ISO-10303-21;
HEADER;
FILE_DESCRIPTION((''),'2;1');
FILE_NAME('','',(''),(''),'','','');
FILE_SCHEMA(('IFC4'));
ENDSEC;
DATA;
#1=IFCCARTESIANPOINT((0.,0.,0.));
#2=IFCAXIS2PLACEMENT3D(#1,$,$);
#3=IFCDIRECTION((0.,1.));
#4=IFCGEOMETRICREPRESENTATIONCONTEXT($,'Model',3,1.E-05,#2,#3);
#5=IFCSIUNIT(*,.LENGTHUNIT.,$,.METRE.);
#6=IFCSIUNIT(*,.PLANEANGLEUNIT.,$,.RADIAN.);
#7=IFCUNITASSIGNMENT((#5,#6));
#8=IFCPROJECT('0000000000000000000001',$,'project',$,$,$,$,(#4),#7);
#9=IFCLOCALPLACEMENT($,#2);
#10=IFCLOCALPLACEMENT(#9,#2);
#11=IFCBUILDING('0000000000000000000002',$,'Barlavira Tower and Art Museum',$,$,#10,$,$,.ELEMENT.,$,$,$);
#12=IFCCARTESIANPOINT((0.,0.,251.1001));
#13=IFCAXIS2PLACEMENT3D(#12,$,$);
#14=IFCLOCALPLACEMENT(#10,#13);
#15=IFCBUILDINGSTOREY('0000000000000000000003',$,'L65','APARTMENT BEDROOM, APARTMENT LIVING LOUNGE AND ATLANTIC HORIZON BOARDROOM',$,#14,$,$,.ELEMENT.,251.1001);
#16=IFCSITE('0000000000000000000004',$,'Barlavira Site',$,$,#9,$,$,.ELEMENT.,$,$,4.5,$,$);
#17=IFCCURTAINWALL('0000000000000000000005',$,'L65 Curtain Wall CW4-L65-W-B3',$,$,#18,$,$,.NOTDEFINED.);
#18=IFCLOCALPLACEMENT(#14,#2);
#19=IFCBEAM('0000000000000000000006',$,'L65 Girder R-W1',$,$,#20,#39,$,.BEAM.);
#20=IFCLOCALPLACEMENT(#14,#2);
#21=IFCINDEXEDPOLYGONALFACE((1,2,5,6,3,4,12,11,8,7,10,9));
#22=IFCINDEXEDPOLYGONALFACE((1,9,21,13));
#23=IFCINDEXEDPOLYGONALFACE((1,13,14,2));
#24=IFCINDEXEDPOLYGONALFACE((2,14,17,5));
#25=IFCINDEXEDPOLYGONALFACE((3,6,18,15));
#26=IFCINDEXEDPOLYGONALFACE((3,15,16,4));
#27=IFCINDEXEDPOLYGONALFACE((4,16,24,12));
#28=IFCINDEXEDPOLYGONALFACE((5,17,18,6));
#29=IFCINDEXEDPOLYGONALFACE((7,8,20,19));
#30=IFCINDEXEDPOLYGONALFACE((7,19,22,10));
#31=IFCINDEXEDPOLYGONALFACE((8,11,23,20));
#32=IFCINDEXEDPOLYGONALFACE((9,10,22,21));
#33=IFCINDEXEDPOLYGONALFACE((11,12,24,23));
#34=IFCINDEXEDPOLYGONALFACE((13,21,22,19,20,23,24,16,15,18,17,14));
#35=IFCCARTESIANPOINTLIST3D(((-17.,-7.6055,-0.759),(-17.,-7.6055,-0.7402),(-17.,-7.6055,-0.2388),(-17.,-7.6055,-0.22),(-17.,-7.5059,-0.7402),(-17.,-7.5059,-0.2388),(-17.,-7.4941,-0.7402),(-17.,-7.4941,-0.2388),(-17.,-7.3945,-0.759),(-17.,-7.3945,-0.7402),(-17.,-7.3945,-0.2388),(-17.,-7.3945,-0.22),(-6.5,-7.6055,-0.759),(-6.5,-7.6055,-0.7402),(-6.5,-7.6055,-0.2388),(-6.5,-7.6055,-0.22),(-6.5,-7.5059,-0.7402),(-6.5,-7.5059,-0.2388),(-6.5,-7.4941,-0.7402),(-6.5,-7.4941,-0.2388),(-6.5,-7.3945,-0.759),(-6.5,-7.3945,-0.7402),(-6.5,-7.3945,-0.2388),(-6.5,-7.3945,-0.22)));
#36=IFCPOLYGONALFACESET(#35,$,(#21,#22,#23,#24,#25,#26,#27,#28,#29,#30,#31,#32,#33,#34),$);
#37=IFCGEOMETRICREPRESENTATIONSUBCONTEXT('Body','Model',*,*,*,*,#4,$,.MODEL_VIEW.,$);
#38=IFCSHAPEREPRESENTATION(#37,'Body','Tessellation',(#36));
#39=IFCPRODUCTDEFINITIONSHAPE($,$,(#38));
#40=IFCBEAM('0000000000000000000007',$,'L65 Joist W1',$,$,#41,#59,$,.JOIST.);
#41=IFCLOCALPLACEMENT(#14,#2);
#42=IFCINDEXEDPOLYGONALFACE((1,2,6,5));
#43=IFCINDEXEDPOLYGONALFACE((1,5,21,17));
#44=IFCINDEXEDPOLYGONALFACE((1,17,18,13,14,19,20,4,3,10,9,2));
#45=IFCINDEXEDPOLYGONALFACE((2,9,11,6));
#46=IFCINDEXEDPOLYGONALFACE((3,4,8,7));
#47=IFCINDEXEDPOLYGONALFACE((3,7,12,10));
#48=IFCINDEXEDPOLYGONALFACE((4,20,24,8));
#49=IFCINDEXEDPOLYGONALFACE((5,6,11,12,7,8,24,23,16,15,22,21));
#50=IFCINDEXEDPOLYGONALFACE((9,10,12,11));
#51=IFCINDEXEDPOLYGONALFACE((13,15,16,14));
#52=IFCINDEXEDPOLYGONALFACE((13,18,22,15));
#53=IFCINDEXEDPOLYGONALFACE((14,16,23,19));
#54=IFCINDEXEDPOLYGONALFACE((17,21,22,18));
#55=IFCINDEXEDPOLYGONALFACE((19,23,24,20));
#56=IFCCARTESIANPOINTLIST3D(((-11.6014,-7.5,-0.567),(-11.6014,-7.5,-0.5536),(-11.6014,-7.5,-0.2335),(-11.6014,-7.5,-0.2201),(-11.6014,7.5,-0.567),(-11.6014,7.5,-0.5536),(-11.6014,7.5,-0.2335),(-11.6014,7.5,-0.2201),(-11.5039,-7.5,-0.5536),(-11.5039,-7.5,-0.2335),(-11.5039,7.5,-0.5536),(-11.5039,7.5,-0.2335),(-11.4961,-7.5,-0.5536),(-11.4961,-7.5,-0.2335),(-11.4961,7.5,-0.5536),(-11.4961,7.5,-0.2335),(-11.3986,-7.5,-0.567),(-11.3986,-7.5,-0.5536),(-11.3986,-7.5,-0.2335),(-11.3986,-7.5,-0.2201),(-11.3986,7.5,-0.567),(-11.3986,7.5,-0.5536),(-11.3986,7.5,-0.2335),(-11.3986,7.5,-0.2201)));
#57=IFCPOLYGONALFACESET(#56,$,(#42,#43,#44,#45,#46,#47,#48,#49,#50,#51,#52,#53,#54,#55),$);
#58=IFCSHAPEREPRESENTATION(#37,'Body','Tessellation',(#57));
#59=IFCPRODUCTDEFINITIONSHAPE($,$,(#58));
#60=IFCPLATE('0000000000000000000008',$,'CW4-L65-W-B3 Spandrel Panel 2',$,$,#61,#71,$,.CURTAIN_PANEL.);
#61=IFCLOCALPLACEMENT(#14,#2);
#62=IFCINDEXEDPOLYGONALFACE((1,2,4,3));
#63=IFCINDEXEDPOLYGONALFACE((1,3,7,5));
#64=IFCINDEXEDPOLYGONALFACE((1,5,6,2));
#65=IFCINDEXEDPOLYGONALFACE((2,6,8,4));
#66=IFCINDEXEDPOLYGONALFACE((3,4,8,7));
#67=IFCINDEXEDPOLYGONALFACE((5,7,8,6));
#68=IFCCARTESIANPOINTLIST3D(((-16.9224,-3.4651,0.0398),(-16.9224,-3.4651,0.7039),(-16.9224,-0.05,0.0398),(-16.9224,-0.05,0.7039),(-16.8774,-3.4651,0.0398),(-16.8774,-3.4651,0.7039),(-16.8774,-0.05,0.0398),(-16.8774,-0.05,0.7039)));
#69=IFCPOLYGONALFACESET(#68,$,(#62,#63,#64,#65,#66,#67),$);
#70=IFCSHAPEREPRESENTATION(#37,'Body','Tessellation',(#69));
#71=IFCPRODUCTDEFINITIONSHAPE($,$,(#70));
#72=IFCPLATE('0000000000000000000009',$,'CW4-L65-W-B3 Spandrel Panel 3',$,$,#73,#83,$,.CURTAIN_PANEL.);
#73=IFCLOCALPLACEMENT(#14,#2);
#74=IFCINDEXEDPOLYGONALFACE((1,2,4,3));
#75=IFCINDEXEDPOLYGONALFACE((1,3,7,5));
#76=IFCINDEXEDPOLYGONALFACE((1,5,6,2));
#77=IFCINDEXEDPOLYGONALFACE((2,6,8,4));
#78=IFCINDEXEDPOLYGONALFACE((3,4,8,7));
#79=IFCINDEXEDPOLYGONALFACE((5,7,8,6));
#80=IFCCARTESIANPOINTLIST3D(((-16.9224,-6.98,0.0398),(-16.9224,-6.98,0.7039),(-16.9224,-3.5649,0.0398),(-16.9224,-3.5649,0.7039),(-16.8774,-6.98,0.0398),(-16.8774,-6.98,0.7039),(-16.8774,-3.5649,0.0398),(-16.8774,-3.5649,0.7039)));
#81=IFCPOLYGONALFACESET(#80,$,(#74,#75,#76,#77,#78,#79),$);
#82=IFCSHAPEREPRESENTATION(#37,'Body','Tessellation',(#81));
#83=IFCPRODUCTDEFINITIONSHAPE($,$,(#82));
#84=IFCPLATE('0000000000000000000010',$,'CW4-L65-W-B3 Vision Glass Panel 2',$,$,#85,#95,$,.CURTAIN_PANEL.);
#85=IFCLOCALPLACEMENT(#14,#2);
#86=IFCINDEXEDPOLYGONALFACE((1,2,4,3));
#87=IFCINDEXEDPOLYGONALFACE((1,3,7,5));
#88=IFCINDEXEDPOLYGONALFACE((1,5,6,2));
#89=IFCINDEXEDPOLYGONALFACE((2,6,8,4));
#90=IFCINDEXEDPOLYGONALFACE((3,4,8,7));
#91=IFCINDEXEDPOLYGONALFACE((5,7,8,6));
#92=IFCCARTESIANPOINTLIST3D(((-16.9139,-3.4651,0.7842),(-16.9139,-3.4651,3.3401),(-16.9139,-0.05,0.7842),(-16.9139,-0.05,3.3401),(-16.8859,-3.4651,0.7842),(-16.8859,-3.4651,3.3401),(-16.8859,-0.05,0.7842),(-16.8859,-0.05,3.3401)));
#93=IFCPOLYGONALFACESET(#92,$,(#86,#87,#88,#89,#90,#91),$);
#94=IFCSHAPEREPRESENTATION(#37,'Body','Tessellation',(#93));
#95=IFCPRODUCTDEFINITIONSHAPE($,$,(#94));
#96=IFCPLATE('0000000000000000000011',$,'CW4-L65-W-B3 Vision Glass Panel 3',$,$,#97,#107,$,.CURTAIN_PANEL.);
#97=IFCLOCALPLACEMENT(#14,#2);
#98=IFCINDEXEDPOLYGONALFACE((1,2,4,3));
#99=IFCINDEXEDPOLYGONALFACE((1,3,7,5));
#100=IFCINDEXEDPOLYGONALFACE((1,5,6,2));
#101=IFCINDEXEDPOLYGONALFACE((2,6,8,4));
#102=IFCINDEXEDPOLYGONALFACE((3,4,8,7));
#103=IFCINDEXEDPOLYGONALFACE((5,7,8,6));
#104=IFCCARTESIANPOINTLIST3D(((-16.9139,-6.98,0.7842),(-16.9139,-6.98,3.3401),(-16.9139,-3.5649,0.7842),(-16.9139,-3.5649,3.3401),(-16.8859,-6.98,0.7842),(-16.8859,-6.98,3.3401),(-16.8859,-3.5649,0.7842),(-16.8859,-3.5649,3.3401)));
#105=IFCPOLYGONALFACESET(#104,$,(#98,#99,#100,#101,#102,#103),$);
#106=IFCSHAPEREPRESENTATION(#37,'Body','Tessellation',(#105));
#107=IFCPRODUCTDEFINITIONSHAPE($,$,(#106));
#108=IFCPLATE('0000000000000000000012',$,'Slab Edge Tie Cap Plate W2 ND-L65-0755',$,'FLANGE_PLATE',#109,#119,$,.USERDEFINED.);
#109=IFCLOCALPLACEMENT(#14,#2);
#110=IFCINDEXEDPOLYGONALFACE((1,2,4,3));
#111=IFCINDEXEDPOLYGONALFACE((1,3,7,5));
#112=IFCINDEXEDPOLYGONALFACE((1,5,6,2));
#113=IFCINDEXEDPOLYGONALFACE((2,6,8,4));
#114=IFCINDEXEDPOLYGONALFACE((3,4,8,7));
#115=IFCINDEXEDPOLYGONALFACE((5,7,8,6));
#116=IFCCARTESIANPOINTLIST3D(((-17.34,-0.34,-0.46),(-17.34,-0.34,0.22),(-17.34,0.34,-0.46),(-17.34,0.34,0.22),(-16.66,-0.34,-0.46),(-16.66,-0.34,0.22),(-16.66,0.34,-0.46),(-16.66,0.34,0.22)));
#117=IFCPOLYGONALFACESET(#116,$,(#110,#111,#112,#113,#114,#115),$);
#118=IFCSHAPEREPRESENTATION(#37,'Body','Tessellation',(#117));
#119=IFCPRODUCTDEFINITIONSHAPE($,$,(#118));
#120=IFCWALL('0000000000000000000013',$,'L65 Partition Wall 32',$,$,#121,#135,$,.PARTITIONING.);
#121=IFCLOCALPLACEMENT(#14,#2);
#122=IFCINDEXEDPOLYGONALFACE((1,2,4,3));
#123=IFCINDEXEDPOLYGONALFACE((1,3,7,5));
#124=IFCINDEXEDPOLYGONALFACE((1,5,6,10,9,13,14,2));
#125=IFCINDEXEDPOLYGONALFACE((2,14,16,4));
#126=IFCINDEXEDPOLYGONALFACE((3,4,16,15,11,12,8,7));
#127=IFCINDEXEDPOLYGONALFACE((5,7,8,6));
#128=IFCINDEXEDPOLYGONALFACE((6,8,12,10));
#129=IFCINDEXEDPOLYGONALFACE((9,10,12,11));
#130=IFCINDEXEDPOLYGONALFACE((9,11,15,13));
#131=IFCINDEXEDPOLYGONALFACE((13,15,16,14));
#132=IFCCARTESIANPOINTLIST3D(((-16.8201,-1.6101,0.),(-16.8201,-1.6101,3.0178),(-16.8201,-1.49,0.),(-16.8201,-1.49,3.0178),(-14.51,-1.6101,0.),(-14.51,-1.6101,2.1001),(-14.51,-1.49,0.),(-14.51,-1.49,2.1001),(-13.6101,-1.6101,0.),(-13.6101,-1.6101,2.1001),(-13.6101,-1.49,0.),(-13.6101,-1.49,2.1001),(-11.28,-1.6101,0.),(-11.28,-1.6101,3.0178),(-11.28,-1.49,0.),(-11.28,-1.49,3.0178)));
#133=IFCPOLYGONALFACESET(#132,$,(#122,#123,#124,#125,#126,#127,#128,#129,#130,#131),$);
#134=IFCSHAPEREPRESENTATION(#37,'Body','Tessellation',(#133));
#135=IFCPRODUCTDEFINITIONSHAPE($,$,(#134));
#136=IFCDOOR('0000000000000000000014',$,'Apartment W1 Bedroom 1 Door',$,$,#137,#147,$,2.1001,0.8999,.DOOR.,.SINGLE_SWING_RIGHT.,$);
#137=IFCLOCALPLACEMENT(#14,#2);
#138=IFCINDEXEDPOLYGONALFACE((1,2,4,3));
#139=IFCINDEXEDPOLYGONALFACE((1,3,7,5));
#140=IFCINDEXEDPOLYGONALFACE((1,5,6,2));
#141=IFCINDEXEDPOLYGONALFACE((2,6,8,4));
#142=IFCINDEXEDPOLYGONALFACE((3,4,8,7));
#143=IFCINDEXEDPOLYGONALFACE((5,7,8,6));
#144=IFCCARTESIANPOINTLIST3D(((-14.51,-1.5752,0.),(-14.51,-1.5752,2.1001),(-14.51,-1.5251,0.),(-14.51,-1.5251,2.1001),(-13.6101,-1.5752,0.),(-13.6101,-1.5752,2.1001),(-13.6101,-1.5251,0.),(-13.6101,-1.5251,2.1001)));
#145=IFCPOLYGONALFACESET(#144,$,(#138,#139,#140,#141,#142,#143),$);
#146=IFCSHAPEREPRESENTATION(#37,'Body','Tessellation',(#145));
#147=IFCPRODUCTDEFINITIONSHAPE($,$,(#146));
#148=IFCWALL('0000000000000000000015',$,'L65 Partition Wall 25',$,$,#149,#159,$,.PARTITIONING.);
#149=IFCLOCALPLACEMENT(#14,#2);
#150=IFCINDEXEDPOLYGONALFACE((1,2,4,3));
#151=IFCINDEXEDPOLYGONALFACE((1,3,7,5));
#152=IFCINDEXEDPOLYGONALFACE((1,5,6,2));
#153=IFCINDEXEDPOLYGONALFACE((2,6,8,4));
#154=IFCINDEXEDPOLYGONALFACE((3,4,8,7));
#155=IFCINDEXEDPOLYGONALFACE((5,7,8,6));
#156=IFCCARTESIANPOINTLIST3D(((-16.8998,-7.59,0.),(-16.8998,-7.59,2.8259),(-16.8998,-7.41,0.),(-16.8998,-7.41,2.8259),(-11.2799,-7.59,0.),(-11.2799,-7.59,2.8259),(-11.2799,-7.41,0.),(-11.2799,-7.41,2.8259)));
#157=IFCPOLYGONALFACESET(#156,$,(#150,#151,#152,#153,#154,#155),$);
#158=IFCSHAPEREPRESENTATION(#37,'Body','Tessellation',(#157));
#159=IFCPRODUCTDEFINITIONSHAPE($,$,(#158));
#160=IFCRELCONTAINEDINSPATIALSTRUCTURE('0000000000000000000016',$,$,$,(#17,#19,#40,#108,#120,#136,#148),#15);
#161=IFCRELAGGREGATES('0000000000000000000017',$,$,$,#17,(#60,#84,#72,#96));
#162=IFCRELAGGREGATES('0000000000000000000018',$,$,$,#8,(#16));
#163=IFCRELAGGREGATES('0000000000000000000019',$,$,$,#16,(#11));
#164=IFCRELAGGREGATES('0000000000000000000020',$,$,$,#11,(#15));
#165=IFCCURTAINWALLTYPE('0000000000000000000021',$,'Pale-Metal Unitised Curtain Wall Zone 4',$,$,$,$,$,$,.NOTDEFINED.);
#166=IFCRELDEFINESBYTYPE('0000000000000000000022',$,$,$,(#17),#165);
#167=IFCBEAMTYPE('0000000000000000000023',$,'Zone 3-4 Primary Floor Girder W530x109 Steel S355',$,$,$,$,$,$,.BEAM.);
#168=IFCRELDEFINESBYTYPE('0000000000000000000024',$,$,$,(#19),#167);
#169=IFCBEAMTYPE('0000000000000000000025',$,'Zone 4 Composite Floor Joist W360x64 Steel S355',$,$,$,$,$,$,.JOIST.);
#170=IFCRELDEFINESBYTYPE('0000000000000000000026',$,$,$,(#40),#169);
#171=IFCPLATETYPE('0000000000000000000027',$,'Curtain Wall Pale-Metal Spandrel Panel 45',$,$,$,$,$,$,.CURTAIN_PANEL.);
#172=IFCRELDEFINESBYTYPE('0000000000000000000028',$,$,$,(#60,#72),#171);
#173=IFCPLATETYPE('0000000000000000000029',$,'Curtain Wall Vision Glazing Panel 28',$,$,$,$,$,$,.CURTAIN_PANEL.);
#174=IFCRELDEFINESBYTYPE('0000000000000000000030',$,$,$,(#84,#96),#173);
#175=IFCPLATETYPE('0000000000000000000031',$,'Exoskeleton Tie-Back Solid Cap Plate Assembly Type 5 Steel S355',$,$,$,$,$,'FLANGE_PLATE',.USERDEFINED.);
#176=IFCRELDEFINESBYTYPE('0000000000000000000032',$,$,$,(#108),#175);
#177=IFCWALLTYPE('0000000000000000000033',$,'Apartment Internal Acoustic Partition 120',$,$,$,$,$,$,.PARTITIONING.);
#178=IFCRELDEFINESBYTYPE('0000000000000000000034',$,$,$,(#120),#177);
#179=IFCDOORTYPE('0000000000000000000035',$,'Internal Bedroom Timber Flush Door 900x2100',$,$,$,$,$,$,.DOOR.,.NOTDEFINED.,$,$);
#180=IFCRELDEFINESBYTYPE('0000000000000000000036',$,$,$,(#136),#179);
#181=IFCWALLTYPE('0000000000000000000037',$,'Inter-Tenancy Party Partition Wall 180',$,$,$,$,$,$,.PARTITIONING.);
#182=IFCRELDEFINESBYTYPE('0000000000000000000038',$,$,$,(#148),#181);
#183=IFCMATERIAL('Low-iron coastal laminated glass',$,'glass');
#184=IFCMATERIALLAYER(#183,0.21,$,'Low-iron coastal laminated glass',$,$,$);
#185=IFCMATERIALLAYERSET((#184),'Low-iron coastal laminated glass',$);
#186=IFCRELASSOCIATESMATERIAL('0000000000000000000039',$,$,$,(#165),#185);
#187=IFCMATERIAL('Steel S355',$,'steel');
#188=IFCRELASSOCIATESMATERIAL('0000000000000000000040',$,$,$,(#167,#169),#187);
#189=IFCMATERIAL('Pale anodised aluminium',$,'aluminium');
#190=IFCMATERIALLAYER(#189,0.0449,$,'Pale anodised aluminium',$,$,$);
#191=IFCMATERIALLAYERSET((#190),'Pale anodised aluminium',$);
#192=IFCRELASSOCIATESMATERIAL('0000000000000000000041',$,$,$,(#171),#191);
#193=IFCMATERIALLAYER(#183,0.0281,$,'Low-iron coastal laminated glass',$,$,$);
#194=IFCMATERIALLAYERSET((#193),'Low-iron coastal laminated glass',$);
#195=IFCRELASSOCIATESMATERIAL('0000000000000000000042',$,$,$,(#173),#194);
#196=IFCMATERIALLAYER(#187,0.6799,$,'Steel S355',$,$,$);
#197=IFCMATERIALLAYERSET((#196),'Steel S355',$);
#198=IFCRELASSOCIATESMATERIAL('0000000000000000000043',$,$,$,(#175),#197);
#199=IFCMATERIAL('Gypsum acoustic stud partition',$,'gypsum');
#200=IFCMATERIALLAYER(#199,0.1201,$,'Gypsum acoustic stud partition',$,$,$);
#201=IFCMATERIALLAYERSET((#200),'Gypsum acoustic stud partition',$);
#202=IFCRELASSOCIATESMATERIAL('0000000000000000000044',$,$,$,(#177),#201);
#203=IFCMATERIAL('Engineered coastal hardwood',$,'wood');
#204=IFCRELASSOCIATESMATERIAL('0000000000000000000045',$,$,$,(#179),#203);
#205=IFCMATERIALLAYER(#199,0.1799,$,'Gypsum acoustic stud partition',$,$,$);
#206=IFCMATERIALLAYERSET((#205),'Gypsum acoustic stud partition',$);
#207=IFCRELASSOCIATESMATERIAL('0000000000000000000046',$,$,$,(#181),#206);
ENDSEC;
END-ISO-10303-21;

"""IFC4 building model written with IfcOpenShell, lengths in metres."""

from ifc_helpers import new_model, si_unit, direction, frame, frame_2d, origin, origin_2d, place, context, subcontext, project, spatial, rectangle, i_section, extrude, material, layer, layer_set, material_profile, profile_set, type_object, element, fill, aggregate, save


model = new_model("IFC4")

# Units and contexts
model_context = context("Model", 3, precision=1e-05, world=origin(), true_north=direction((0.0, 1.0)))
body_context = subcontext(model_context, "Body", "Model", "MODEL_VIEW")
ifc_project = project(units=[si_unit("LENGTHUNIT", "METRE"), si_unit("PLANEANGLEUNIT", "RADIAN")], contexts=[model_context])

# Site, building, storey
site_placement = place(None, origin())
site = spatial("IfcSite", under=ifc_project, at=site_placement, Name="Barlavira Site", CompositionType="ELEMENT", RefElevation=4.5)
building_placement = place(site_placement, origin())
building = spatial("IfcBuilding", under=site, at=building_placement, Name="Barlavira Tower and Art Museum", CompositionType="ELEMENT")
storey_placement = place(building_placement, frame((0.0, 0.0, 251.1001)))
storey = spatial("IfcBuildingStorey", under=building, at=storey_placement, Name="L65", Description="APARTMENT BEDROOM, APARTMENT LIVING LOUNGE AND ATLANTIC HORIZON BOARDROOM", CompositionType="ELEMENT", Elevation=251.1001)

# Curtain wall
ifc_material_1 = material(Name="Low-iron coastal laminated glass", Category="glass")
ifc_layer_1 = layer(ifc_material_1, 0.21, Name="Low-iron coastal laminated glass")
ifc_layer_set_1 = layer_set([ifc_layer_1], Name="Low-iron coastal laminated glass")
curtain_wall_type = type_object("IfcCurtainWallType", Name="Pale-Metal Unitised Curtain Wall Zone 4", PredefinedType="NOTDEFINED", material=ifc_layer_set_1)
curtain_wall_placement = place(storey_placement, origin())
curtain_wall = element("IfcCurtainWall", 1, at=curtain_wall_placement, inside=storey, type_object=curtain_wall_type, Name="L65 Curtain Wall CW4-L65-W-B3", PredefinedType="NOTDEFINED")
ifc_material_2 = material(Name="Pale anodised aluminium", Category="aluminium")

# Shared definitions
ifc_material_3 = material(Name="Steel S355", Category="steel")

# Beams
ifc_material_profile_1 = material_profile(ifc_material_3, i_section(OverallWidth=0.2109, OverallDepth=0.5391, WebThickness=0.0117, FlangeThickness=0.0188, at=origin_2d()), Name="W530x109.0")
ifc_profile_set_1 = profile_set([ifc_material_profile_1], Name="Steel S355")
beam_type_1 = type_object("IfcBeamType", Name="Zone 3-4 Primary Floor Girder W530x109 Steel S355", PredefinedType="BEAM", material=ifc_profile_set_1)
beam_1_placement = place(storey_placement, frame((-17.0, -7.5, -0.4895), z_axis=(1.0, 0.0, 0.0), x_axis=(0.0, 1.0, 0.0)))
element("IfcBeam", 2, at=beam_1_placement, inside=storey, type_object=beam_type_1, Name="L65 Girder R-W1", PredefinedType="BEAM", context=body_context, shape_type="SweptSolid", body=[
    extrude(i_section(OverallWidth=0.2109, OverallDepth=0.5391, WebThickness=0.0117, FlangeThickness=0.0188, at=origin_2d()), origin(), (0.0, 0.0, 1.0), 10.5),
])
ifc_material_profile_2 = material_profile(ifc_material_3, i_section(OverallWidth=0.2029, OverallDepth=0.3469, WebThickness=0.0078, FlangeThickness=0.0134, at=origin_2d()), Name="W360x64.0")
ifc_profile_set_2 = profile_set([ifc_material_profile_2], Name="Steel S355")
beam_type_2 = type_object("IfcBeamType", Name="Zone 4 Composite Floor Joist W360x64 Steel S355", PredefinedType="JOIST", material=ifc_profile_set_2)
beam_2_placement = place(storey_placement, frame((-11.5, -7.5, -0.3936), z_axis=(0.0, 1.0, 0.0), x_axis=(-1.0, 0.0, 0.0)))
element("IfcBeam", 3, at=beam_2_placement, inside=storey, type_object=beam_type_2, Name="L65 Joist W1", PredefinedType="JOIST", context=body_context, shape_type="SweptSolid", body=[
    extrude(i_section(OverallWidth=0.2029, OverallDepth=0.3469, WebThickness=0.0078, FlangeThickness=0.0134, at=origin_2d()), origin(), (0.0, 0.0, 1.0), 15.0),
])

# Plates
ifc_layer_2 = layer(ifc_material_2, 0.0449, Name="Pale anodised aluminium")
ifc_layer_set_2 = layer_set([ifc_layer_2], Name="Pale anodised aluminium")
plate_type_1 = type_object("IfcPlateType", Name="Curtain Wall Pale-Metal Spandrel Panel 45", PredefinedType="CURTAIN_PANEL", material=ifc_layer_set_2)
plate_1_placement = place(storey_placement, frame((-16.8999, -1.7576, 0.0398), z_axis=(0.0, 0.0, 1.0), x_axis=(0.0, -1.0, 0.0)))
plate_1 = element("IfcPlate", 4, at=plate_1_placement, type_object=plate_type_1, Name="CW4-L65-W-B3 Spandrel Panel 2", PredefinedType="CURTAIN_PANEL", context=body_context, shape_type="SweptSolid", body=[
    extrude(rectangle(XDim=3.415, YDim=0.0449, at=origin_2d()), origin(), (0.0, 0.0, 1.0), 0.6641),
])
plate_2_placement = place(storey_placement, frame((-16.8999, -5.2725, 0.0398), z_axis=(0.0, 0.0, 1.0), x_axis=(0.0, -1.0, 0.0)))
plate_2 = element("IfcPlate", 5, at=plate_2_placement, type_object=plate_type_1, Name="CW4-L65-W-B3 Spandrel Panel 3", PredefinedType="CURTAIN_PANEL", context=body_context, shape_type="SweptSolid", body=[
    extrude(rectangle(XDim=3.415, YDim=0.0449, at=origin_2d()), origin(), (0.0, 0.0, 1.0), 0.6641),
])
ifc_layer_3 = layer(ifc_material_1, 0.0281, Name="Low-iron coastal laminated glass")
ifc_layer_set_3 = layer_set([ifc_layer_3], Name="Low-iron coastal laminated glass")
plate_type_2 = type_object("IfcPlateType", Name="Curtain Wall Vision Glazing Panel 28", PredefinedType="CURTAIN_PANEL", material=ifc_layer_set_3)
plate_3_placement = place(storey_placement, frame((-16.8999, -1.7576, 0.7842), z_axis=(0.0, 0.0, 1.0), x_axis=(0.0, -1.0, 0.0)))
plate_3 = element("IfcPlate", 6, at=plate_3_placement, type_object=plate_type_2, Name="CW4-L65-W-B3 Vision Glass Panel 2", PredefinedType="CURTAIN_PANEL", context=body_context, shape_type="SweptSolid", body=[
    extrude(rectangle(XDim=3.415, YDim=0.0281, at=origin_2d()), origin(), (0.0, 0.0, 1.0), 2.5559),
])
plate_4_placement = place(storey_placement, frame((-16.8999, -5.2725, 0.7842), z_axis=(0.0, 0.0, 1.0), x_axis=(0.0, -1.0, 0.0)))
plate_4 = element("IfcPlate", 7, at=plate_4_placement, type_object=plate_type_2, Name="CW4-L65-W-B3 Vision Glass Panel 3", PredefinedType="CURTAIN_PANEL", context=body_context, shape_type="SweptSolid", body=[
    extrude(rectangle(XDim=3.415, YDim=0.0281, at=origin_2d()), origin(), (0.0, 0.0, 1.0), 2.5559),
])
aggregate(curtain_wall, [plate_1, plate_3, plate_2, plate_4])
ifc_layer_4 = layer(ifc_material_3, 0.6799, Name="Steel S355")
ifc_layer_set_4 = layer_set([ifc_layer_4], Name="Steel S355")
plate_type_3 = type_object("IfcPlateType", Name="Exoskeleton Tie-Back Solid Cap Plate Assembly Type 5 Steel S355", ElementType="FLANGE_PLATE", PredefinedType="USERDEFINED", material=ifc_layer_set_4)
plate_5_placement = place(storey_placement, frame((-17.0, 0.0, -0.46), z_axis=(0.0, 0.0, 1.0), x_axis=(1.0, 0.0, 0.0)))
element("IfcPlate", 8, at=plate_5_placement, inside=storey, type_object=plate_type_3, Name="Slab Edge Tie Cap Plate W2 ND-L65-0755", ObjectType="FLANGE_PLATE", PredefinedType="USERDEFINED", context=body_context, shape_type="SweptSolid", body=[
    extrude(rectangle(XDim=0.6799, YDim=0.6799, at=origin_2d()), origin(), (0.0, 0.0, 1.0), 0.6799),
])

# Wall, opening, door
ifc_material_4 = material(Name="Gypsum acoustic stud partition", Category="gypsum")
ifc_layer_5 = layer(ifc_material_4, 0.1201, Name="Gypsum acoustic stud partition")
ifc_layer_set_5 = layer_set([ifc_layer_5], Name="Gypsum acoustic stud partition")
wall_type_1 = type_object("IfcWallType", Name="Apartment Internal Acoustic Partition 120", PredefinedType="PARTITIONING", material=ifc_layer_set_5)
wall_1_placement = place(storey_placement, frame((-16.8201, -1.55, 0.0), z_axis=(0.0, 0.0, 1.0), x_axis=(1.0, 0.0, 0.0)))
wall_1 = element("IfcWall", 9, at=wall_1_placement, inside=storey, type_object=wall_type_1, Name="L65 Partition Wall 32", PredefinedType="PARTITIONING", context=body_context, shape_type="SweptSolid", body=[
    extrude(rectangle(XDim=5.54, YDim=0.1201, at=frame_2d((2.77, 0.0))), origin(), (0.0, 0.0, 1.0), 3.0178),
])
opening_1_placement = place(wall_1_placement, frame((2.3101, 0.0, 0.0)))
opening_1 = element("IfcOpeningElement", 10, at=opening_1_placement, cuts=wall_1, PredefinedType="OPENING", context=body_context, shape_type="SweptSolid", body=[
    extrude(rectangle(XDim=0.8999, YDim=2.1001, at=frame_2d((0.45, 1.05))), frame((0.0, 0.0701, 0.0), z_axis=(0.0, -1.0, 0.0), x_axis=(1.0, 0.0, 0.0)), (0.0, 0.0, 1.0), 0.1401),
])
ifc_material_5 = material(Name="Engineered coastal hardwood", Category="wood")
door_type_1 = type_object("IfcDoorType", Name="Internal Bedroom Timber Flush Door 900x2100", OperationType="NOTDEFINED", PredefinedType="DOOR", material=ifc_material_5)
door_1_placement = place(opening_1_placement, origin())
door_1 = element("IfcDoor", 11, at=door_1_placement, inside=storey, type_object=door_type_1, Name="Apartment W1 Bedroom 1 Door", OperationType="SINGLE_SWING_RIGHT", OverallHeight=2.1001, OverallWidth=0.8999, PredefinedType="DOOR", context=body_context, shape_type="SweptSolid", body=[
    extrude(rectangle(XDim=0.8999, YDim=2.1001, at=frame_2d((0.45, 1.05))), frame((0.0, 0.0249, 0.0), z_axis=(0.0, -1.0, 0.0), x_axis=(1.0, 0.0, 0.0)), (0.0, 0.0, 1.0), 0.05),
])
fill(opening_1, door_1)

# Wall
ifc_layer_6 = layer(ifc_material_4, 0.1799, Name="Gypsum acoustic stud partition")
ifc_layer_set_6 = layer_set([ifc_layer_6], Name="Gypsum acoustic stud partition")
wall_type_2 = type_object("IfcWallType", Name="Inter-Tenancy Party Partition Wall 180", PredefinedType="PARTITIONING", material=ifc_layer_set_6)
wall_2_placement = place(storey_placement, frame((-16.8999, -7.5, 0.0), z_axis=(0.0, 0.0, 1.0), x_axis=(1.0, 0.0, 0.0)))
element("IfcWall", 12, at=wall_2_placement, inside=storey, type_object=wall_type_2, Name="L65 Partition Wall 25", PredefinedType="PARTITIONING", context=body_context, shape_type="SweptSolid", body=[
    extrude(rectangle(XDim=5.6199, YDim=0.1799, at=frame_2d((2.8101, 0.0))), origin(), (0.0, 0.0, 1.0), 2.8259),
])

save(model, "model.ifc")
